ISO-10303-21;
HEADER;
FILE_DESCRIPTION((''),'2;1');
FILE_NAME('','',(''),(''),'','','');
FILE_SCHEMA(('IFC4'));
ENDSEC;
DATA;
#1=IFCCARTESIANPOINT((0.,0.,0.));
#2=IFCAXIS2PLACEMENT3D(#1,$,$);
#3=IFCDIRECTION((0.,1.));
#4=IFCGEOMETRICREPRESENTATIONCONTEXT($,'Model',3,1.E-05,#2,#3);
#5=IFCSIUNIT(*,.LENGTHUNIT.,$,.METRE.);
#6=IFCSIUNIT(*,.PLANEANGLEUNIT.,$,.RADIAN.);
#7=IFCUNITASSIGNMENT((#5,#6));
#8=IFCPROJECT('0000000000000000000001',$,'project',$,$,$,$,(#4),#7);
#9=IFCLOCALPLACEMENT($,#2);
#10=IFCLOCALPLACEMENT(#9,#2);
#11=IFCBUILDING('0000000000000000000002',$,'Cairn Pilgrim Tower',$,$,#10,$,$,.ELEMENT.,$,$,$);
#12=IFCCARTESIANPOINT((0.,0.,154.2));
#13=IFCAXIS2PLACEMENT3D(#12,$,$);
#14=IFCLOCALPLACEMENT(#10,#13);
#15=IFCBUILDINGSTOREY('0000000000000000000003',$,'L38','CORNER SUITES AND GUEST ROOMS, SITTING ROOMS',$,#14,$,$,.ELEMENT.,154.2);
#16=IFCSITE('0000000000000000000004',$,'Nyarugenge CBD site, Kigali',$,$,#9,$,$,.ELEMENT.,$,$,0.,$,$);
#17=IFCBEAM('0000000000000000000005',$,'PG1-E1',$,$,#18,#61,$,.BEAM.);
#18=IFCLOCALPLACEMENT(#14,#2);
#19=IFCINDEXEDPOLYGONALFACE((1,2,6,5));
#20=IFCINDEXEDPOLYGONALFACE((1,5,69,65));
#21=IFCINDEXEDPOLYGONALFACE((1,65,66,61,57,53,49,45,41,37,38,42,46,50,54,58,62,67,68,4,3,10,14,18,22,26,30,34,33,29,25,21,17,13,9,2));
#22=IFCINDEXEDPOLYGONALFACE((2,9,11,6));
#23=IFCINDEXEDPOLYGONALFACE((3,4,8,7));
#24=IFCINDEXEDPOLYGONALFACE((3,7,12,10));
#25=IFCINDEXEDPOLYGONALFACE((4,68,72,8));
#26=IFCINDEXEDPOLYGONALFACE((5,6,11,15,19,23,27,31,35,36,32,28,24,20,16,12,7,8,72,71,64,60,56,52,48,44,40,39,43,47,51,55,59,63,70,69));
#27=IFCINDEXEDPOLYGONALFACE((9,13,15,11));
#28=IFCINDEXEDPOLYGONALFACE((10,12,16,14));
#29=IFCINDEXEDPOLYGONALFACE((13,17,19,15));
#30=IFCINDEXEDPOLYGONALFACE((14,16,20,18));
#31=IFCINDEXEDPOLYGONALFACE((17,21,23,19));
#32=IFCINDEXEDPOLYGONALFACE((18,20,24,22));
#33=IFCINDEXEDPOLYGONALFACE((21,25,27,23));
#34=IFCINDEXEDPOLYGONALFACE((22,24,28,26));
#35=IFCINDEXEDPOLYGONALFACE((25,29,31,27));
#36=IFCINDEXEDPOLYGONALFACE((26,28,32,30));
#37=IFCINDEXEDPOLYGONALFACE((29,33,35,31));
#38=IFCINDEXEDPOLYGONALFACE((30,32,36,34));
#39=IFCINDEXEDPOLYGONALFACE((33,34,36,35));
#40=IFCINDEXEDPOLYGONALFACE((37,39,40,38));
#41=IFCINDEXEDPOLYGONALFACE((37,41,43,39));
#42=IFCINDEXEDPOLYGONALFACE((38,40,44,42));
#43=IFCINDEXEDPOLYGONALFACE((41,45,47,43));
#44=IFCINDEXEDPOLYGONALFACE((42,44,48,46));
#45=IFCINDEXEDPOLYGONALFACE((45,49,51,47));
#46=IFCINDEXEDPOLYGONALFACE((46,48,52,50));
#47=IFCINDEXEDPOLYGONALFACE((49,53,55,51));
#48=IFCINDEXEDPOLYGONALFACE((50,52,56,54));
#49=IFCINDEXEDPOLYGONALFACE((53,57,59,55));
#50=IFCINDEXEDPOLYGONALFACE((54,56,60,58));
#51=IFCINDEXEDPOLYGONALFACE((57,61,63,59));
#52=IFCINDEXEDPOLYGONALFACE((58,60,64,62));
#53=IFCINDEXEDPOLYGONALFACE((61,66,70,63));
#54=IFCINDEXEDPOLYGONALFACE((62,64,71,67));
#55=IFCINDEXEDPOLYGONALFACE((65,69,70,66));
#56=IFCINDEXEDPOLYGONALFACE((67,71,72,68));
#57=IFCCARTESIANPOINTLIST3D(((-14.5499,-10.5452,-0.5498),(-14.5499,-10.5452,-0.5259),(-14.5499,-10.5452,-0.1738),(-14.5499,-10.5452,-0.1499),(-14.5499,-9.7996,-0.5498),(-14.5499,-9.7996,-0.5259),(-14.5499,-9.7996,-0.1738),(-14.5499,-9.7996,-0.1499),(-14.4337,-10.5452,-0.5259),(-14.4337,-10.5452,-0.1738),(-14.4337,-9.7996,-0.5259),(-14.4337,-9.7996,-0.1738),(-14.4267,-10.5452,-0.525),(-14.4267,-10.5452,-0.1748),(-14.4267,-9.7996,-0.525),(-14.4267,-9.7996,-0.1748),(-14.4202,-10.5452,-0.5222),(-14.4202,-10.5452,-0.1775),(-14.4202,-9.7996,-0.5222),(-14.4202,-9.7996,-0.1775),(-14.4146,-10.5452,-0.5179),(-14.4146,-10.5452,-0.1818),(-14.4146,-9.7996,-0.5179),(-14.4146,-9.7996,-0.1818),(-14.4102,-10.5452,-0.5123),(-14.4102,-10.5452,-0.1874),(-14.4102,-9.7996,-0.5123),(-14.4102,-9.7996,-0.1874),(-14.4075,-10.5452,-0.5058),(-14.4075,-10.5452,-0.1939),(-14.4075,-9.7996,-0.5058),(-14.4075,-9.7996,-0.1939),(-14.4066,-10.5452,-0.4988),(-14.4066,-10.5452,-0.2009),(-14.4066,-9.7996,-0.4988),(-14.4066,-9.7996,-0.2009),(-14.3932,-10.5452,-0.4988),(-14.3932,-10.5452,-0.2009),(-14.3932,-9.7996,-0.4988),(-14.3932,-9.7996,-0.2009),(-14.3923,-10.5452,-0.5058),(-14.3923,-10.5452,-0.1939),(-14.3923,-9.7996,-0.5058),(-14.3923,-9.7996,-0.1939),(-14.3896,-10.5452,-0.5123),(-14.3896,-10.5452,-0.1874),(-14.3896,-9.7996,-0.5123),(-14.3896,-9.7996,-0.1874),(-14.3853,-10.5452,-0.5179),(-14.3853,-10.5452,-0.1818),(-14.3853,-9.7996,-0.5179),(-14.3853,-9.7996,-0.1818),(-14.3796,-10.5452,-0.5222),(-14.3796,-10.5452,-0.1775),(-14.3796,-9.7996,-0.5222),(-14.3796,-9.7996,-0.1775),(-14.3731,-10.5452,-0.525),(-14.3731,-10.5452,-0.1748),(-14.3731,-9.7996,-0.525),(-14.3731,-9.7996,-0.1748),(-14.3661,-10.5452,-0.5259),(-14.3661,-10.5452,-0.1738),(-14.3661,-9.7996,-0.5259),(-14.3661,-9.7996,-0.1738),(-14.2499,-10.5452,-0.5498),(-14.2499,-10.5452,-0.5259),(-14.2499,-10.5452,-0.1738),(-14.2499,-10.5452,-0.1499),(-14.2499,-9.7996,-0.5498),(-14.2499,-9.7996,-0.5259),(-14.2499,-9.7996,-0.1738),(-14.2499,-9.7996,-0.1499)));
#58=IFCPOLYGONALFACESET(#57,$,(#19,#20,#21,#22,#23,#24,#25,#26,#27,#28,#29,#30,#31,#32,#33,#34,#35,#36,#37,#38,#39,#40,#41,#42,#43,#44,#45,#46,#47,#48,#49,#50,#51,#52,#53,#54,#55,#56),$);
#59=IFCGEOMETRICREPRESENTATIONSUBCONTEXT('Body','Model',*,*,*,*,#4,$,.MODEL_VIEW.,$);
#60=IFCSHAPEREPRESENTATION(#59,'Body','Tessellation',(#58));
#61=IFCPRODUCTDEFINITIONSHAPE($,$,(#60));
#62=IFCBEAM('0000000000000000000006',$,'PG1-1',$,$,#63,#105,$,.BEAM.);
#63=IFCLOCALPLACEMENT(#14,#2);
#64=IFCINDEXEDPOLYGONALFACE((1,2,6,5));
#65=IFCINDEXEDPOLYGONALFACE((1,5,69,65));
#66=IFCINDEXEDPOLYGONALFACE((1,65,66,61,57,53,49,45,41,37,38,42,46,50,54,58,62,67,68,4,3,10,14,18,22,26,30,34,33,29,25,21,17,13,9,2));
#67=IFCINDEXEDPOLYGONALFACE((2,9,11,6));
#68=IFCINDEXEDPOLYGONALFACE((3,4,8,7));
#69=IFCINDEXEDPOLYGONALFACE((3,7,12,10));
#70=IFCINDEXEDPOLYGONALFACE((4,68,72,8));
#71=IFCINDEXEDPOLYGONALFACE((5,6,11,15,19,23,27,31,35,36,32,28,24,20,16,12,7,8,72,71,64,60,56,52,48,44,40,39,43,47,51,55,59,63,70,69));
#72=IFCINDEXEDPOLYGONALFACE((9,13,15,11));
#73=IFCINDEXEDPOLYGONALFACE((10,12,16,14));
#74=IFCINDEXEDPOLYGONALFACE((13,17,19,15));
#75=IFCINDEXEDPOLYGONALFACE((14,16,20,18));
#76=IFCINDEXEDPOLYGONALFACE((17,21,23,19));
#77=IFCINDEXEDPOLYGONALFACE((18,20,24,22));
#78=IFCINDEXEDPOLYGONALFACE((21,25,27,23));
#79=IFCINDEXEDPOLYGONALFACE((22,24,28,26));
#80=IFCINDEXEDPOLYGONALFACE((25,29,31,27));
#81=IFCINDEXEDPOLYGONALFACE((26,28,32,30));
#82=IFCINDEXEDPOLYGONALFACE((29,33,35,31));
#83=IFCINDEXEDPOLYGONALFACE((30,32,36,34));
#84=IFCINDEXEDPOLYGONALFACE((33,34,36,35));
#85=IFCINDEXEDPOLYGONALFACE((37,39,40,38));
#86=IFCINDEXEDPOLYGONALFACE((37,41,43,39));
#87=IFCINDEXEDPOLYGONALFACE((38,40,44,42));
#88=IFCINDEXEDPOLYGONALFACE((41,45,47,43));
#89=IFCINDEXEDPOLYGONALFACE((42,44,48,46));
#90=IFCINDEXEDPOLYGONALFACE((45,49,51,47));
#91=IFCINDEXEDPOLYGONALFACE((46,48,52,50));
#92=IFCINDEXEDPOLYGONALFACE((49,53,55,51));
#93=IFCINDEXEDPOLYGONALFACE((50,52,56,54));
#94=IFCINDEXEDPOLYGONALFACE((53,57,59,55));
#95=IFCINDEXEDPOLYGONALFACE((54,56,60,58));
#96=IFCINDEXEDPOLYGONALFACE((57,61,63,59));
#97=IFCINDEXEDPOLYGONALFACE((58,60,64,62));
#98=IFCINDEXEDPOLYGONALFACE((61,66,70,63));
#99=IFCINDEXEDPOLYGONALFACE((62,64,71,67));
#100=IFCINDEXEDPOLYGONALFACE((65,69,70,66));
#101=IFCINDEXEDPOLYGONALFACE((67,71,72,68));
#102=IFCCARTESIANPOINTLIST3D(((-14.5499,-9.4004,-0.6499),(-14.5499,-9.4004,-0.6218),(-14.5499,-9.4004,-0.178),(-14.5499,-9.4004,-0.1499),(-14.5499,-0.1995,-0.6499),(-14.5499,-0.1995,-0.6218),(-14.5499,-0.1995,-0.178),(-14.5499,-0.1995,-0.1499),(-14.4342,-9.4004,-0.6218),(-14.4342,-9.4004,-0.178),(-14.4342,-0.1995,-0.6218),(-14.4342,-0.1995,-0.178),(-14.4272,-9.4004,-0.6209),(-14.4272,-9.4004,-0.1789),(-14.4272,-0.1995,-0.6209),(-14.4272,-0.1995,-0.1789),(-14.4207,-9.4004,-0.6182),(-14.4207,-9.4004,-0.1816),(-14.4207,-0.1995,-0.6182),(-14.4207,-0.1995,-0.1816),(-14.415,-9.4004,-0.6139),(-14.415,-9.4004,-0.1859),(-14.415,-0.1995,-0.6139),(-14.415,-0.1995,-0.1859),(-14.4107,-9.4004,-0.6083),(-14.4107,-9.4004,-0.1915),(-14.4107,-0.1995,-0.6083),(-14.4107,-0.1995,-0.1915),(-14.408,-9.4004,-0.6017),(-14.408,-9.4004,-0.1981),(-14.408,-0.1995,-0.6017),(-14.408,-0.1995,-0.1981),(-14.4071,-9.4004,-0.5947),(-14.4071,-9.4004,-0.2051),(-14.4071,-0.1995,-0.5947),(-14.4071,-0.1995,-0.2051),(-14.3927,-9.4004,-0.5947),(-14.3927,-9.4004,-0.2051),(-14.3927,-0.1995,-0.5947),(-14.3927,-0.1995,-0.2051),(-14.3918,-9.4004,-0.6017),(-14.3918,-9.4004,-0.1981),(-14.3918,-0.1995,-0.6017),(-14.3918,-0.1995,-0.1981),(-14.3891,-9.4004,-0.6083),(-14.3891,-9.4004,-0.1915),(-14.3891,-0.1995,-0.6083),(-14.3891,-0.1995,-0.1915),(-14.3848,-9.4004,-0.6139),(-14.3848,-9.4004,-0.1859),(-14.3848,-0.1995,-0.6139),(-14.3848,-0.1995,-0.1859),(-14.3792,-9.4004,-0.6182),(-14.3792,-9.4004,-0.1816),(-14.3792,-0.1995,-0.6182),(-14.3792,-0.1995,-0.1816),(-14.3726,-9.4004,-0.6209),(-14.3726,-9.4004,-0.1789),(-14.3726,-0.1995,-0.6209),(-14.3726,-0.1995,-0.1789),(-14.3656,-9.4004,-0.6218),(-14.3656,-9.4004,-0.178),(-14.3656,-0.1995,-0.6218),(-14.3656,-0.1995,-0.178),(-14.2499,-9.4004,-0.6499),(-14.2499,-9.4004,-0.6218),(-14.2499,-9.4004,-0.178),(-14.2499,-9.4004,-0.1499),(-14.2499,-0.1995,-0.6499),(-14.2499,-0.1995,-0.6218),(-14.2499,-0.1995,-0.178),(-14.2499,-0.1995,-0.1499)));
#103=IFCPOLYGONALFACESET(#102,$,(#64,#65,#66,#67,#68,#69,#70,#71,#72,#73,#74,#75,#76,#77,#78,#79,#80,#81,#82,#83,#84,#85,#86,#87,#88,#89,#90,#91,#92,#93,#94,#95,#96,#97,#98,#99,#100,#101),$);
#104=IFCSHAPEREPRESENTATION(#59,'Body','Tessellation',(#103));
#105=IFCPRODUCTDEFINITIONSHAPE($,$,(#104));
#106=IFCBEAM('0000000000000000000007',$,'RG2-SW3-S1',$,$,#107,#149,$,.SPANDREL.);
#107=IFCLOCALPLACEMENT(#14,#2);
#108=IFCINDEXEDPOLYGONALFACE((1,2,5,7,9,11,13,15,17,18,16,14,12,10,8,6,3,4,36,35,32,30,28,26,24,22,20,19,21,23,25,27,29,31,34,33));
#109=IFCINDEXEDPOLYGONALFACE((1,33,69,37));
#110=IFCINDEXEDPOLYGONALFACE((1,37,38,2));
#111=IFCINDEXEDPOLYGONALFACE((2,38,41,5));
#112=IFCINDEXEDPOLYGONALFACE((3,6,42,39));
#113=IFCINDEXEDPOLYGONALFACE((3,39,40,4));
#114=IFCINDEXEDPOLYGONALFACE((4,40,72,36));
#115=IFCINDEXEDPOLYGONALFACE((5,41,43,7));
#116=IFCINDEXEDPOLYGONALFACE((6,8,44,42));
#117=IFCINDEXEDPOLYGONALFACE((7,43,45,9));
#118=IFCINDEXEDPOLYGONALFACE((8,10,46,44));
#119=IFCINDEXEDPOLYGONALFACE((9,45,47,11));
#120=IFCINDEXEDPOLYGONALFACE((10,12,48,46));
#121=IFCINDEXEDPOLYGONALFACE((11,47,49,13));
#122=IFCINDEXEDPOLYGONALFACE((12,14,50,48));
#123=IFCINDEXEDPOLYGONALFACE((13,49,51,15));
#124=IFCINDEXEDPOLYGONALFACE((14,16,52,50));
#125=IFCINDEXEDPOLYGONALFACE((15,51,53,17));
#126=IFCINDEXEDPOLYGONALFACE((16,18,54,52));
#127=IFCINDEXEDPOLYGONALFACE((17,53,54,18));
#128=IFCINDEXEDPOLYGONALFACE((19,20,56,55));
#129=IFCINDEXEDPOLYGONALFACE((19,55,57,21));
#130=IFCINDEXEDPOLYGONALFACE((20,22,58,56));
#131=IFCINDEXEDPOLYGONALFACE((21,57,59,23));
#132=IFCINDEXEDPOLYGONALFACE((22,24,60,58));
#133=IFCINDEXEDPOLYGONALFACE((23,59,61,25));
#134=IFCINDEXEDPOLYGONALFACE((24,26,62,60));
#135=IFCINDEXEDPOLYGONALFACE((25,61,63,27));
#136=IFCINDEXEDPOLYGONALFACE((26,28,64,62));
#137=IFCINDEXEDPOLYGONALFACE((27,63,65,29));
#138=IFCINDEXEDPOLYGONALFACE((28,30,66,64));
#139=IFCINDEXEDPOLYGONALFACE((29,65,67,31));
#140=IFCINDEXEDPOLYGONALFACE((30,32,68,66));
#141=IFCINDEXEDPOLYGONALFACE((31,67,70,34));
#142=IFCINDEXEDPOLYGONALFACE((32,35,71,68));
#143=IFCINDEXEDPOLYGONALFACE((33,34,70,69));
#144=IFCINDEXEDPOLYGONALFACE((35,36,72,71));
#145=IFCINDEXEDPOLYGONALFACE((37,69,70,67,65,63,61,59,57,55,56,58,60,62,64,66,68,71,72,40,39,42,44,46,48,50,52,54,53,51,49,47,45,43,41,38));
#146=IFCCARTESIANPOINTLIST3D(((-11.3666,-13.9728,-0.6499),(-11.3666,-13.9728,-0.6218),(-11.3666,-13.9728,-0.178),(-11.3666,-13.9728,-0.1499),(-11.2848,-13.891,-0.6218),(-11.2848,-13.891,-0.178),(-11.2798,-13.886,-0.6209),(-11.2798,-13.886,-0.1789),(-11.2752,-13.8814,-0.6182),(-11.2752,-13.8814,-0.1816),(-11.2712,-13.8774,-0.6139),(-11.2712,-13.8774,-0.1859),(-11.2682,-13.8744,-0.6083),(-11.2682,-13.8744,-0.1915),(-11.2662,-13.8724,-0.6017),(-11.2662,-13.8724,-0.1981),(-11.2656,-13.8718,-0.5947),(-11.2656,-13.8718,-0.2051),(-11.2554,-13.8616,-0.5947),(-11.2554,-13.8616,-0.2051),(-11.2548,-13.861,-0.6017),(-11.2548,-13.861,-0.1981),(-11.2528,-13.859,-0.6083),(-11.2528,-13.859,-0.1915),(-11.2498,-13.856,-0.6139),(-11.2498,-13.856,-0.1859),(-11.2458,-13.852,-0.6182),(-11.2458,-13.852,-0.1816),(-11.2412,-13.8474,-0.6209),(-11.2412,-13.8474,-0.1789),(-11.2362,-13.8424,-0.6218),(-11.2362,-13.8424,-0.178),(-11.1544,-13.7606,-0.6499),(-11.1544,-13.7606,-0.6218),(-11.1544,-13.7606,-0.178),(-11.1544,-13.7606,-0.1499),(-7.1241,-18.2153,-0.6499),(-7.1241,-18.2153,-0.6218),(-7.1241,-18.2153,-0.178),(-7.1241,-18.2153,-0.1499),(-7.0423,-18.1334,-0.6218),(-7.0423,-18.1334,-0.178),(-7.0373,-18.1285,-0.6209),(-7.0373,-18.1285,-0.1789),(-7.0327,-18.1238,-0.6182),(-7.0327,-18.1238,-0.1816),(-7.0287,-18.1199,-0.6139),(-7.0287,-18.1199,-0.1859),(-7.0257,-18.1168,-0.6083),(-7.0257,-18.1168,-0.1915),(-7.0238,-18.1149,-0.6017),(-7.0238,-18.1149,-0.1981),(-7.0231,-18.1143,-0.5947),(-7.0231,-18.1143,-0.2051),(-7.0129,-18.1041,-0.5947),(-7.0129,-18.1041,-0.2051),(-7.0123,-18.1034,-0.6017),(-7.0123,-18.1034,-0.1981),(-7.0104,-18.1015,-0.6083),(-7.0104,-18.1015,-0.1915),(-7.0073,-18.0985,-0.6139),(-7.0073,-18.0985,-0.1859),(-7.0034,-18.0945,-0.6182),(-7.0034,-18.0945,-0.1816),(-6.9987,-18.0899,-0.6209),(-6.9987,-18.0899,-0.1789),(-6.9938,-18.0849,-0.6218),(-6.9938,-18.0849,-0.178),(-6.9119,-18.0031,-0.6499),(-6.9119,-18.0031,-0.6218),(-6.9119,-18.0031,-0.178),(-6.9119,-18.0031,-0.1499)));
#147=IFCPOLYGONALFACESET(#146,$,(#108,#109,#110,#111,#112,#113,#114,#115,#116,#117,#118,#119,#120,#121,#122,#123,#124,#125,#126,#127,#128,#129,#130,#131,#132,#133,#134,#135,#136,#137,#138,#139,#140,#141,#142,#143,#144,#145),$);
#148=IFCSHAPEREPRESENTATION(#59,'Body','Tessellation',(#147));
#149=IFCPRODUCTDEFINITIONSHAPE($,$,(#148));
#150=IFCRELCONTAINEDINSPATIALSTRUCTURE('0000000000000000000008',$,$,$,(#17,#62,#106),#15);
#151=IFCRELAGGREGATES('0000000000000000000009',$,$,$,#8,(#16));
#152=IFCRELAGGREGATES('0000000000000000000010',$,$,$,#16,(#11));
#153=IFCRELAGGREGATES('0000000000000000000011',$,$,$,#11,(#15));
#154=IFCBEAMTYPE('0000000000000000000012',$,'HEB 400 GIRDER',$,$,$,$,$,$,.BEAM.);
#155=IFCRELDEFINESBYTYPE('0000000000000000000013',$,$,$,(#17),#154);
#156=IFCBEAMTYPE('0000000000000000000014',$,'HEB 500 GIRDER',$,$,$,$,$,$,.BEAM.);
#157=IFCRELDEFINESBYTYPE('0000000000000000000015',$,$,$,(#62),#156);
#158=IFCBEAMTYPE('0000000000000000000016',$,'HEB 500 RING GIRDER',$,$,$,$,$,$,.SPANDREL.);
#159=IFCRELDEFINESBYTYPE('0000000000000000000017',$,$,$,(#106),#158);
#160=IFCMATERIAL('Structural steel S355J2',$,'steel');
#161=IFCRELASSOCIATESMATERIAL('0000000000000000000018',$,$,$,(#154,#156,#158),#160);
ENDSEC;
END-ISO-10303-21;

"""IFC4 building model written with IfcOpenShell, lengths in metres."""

from ifc_helpers import new_model, si_unit, direction, frame, origin, origin_2d, place, context, subcontext, project, spatial, i_section, extrude, material, material_profile, profile_set, type_object, element, save


model = new_model("IFC4")

# Units and contexts
model_context = context("Model", 3, precision=1e-05, world=origin(), true_north=direction((0.0, 1.0)))
body_context = subcontext(model_context, "Body", "Model", "MODEL_VIEW")
ifc_project = project(units=[si_unit("LENGTHUNIT", "METRE"), si_unit("PLANEANGLEUNIT", "RADIAN")], contexts=[model_context])

# Site, building, storey
site_placement = place(None, origin())
site = spatial("IfcSite", under=ifc_project, at=site_placement, Name="Nyarugenge CBD site, Kigali", CompositionType="ELEMENT", RefElevation=0.0)
building_placement = place(site_placement, origin())
building = spatial("IfcBuilding", under=site, at=building_placement, Name="Cairn Pilgrim Tower", CompositionType="ELEMENT")
storey_placement = place(building_placement, frame((0.0, 0.0, 154.2)))
storey = spatial("IfcBuildingStorey", under=building, at=storey_placement, Name="L38", Description="CORNER SUITES AND GUEST ROOMS, SITTING ROOMS", CompositionType="ELEMENT", Elevation=154.2)

# Shared definitions
ifc_material_1 = material(Name="Structural steel S355J2", Category="steel")

# Beams
ifc_material_profile_1 = material_profile(ifc_material_1, i_section(OverallWidth=0.3, OverallDepth=0.3999, WebThickness=0.0134, FlangeThickness=0.0239, FilletRadius=0.0271, at=origin_2d()), Name="HEB 400")
ifc_profile_set_1 = profile_set([ifc_material_profile_1], Name="Structural steel S355J2")
beam_type_1 = type_object("IfcBeamType", Name="HEB 400 GIRDER", PredefinedType="BEAM", material=ifc_profile_set_1)
beam_1_placement = place(storey_placement, frame((-14.3999, -10.5452, -0.3499), z_axis=(0.0, 1.0, 0.0), x_axis=(-1.0, 0.0, 0.0)))
element("IfcBeam", 1, at=beam_1_placement, inside=storey, type_object=beam_type_1, Name="PG1-E1", PredefinedType="BEAM", context=body_context, shape_type="SweptSolid", body=[
    extrude(i_section(OverallWidth=0.3, OverallDepth=0.3999, WebThickness=0.0134, FlangeThickness=0.0239, FilletRadius=0.0271, at=origin_2d()), origin(), (0.0, 0.0, 1.0), 0.7456),
])
ifc_material_profile_2 = material_profile(ifc_material_1, i_section(OverallWidth=0.3, OverallDepth=0.5, WebThickness=0.0144, FlangeThickness=0.0281, FilletRadius=0.0271, at=origin_2d()), Name="HEB 500")
ifc_profile_set_2 = profile_set([ifc_material_profile_2], Name="Structural steel S355J2")
beam_type_2 = type_object("IfcBeamType", Name="HEB 500 GIRDER", PredefinedType="BEAM", material=ifc_profile_set_2)
beam_2_placement = place(storey_placement, frame((-14.3999, -9.4004, -0.3999), z_axis=(0.0, 1.0, 0.0), x_axis=(-1.0, 0.0, 0.0)))
element("IfcBeam", 2, at=beam_2_placement, inside=storey, type_object=beam_type_2, Name="PG1-1", PredefinedType="BEAM", context=body_context, shape_type="SweptSolid", body=[
    extrude(i_section(OverallWidth=0.3, OverallDepth=0.5, WebThickness=0.0144, FlangeThickness=0.0281, FilletRadius=0.0271, at=origin_2d()), origin(), (0.0, 0.0, 1.0), 9.2009),
])
ifc_material_profile_3 = material_profile(ifc_material_1, i_section(OverallWidth=0.3, OverallDepth=0.5, WebThickness=0.0144, FlangeThickness=0.0281, FilletRadius=0.0271, at=origin_2d()), Name="HEB 500")
ifc_profile_set_3 = profile_set([ifc_material_profile_3], Name="Structural steel S355J2")
beam_type_3 = type_object("IfcBeamType", Name="HEB 500 RING GIRDER", PredefinedType="SPANDREL", material=ifc_profile_set_3)
beam_3_placement = place(storey_placement, frame((-11.2605, -13.8667, -0.3999), z_axis=(0.707107, -0.707107, 0.0), x_axis=(0.707107, 0.707107, 0.0)))
element("IfcBeam", 3, at=beam_3_placement, inside=storey, type_object=beam_type_3, Name="RG2-SW3-S1", PredefinedType="SPANDREL", context=body_context, shape_type="SweptSolid", body=[
    extrude(i_section(OverallWidth=0.3, OverallDepth=0.5, WebThickness=0.0144, FlangeThickness=0.0281, FilletRadius=0.0271, at=origin_2d()), origin(), (0.0, 0.0, 1.0), 5.9998),
])

save(model, "model.ifc")
